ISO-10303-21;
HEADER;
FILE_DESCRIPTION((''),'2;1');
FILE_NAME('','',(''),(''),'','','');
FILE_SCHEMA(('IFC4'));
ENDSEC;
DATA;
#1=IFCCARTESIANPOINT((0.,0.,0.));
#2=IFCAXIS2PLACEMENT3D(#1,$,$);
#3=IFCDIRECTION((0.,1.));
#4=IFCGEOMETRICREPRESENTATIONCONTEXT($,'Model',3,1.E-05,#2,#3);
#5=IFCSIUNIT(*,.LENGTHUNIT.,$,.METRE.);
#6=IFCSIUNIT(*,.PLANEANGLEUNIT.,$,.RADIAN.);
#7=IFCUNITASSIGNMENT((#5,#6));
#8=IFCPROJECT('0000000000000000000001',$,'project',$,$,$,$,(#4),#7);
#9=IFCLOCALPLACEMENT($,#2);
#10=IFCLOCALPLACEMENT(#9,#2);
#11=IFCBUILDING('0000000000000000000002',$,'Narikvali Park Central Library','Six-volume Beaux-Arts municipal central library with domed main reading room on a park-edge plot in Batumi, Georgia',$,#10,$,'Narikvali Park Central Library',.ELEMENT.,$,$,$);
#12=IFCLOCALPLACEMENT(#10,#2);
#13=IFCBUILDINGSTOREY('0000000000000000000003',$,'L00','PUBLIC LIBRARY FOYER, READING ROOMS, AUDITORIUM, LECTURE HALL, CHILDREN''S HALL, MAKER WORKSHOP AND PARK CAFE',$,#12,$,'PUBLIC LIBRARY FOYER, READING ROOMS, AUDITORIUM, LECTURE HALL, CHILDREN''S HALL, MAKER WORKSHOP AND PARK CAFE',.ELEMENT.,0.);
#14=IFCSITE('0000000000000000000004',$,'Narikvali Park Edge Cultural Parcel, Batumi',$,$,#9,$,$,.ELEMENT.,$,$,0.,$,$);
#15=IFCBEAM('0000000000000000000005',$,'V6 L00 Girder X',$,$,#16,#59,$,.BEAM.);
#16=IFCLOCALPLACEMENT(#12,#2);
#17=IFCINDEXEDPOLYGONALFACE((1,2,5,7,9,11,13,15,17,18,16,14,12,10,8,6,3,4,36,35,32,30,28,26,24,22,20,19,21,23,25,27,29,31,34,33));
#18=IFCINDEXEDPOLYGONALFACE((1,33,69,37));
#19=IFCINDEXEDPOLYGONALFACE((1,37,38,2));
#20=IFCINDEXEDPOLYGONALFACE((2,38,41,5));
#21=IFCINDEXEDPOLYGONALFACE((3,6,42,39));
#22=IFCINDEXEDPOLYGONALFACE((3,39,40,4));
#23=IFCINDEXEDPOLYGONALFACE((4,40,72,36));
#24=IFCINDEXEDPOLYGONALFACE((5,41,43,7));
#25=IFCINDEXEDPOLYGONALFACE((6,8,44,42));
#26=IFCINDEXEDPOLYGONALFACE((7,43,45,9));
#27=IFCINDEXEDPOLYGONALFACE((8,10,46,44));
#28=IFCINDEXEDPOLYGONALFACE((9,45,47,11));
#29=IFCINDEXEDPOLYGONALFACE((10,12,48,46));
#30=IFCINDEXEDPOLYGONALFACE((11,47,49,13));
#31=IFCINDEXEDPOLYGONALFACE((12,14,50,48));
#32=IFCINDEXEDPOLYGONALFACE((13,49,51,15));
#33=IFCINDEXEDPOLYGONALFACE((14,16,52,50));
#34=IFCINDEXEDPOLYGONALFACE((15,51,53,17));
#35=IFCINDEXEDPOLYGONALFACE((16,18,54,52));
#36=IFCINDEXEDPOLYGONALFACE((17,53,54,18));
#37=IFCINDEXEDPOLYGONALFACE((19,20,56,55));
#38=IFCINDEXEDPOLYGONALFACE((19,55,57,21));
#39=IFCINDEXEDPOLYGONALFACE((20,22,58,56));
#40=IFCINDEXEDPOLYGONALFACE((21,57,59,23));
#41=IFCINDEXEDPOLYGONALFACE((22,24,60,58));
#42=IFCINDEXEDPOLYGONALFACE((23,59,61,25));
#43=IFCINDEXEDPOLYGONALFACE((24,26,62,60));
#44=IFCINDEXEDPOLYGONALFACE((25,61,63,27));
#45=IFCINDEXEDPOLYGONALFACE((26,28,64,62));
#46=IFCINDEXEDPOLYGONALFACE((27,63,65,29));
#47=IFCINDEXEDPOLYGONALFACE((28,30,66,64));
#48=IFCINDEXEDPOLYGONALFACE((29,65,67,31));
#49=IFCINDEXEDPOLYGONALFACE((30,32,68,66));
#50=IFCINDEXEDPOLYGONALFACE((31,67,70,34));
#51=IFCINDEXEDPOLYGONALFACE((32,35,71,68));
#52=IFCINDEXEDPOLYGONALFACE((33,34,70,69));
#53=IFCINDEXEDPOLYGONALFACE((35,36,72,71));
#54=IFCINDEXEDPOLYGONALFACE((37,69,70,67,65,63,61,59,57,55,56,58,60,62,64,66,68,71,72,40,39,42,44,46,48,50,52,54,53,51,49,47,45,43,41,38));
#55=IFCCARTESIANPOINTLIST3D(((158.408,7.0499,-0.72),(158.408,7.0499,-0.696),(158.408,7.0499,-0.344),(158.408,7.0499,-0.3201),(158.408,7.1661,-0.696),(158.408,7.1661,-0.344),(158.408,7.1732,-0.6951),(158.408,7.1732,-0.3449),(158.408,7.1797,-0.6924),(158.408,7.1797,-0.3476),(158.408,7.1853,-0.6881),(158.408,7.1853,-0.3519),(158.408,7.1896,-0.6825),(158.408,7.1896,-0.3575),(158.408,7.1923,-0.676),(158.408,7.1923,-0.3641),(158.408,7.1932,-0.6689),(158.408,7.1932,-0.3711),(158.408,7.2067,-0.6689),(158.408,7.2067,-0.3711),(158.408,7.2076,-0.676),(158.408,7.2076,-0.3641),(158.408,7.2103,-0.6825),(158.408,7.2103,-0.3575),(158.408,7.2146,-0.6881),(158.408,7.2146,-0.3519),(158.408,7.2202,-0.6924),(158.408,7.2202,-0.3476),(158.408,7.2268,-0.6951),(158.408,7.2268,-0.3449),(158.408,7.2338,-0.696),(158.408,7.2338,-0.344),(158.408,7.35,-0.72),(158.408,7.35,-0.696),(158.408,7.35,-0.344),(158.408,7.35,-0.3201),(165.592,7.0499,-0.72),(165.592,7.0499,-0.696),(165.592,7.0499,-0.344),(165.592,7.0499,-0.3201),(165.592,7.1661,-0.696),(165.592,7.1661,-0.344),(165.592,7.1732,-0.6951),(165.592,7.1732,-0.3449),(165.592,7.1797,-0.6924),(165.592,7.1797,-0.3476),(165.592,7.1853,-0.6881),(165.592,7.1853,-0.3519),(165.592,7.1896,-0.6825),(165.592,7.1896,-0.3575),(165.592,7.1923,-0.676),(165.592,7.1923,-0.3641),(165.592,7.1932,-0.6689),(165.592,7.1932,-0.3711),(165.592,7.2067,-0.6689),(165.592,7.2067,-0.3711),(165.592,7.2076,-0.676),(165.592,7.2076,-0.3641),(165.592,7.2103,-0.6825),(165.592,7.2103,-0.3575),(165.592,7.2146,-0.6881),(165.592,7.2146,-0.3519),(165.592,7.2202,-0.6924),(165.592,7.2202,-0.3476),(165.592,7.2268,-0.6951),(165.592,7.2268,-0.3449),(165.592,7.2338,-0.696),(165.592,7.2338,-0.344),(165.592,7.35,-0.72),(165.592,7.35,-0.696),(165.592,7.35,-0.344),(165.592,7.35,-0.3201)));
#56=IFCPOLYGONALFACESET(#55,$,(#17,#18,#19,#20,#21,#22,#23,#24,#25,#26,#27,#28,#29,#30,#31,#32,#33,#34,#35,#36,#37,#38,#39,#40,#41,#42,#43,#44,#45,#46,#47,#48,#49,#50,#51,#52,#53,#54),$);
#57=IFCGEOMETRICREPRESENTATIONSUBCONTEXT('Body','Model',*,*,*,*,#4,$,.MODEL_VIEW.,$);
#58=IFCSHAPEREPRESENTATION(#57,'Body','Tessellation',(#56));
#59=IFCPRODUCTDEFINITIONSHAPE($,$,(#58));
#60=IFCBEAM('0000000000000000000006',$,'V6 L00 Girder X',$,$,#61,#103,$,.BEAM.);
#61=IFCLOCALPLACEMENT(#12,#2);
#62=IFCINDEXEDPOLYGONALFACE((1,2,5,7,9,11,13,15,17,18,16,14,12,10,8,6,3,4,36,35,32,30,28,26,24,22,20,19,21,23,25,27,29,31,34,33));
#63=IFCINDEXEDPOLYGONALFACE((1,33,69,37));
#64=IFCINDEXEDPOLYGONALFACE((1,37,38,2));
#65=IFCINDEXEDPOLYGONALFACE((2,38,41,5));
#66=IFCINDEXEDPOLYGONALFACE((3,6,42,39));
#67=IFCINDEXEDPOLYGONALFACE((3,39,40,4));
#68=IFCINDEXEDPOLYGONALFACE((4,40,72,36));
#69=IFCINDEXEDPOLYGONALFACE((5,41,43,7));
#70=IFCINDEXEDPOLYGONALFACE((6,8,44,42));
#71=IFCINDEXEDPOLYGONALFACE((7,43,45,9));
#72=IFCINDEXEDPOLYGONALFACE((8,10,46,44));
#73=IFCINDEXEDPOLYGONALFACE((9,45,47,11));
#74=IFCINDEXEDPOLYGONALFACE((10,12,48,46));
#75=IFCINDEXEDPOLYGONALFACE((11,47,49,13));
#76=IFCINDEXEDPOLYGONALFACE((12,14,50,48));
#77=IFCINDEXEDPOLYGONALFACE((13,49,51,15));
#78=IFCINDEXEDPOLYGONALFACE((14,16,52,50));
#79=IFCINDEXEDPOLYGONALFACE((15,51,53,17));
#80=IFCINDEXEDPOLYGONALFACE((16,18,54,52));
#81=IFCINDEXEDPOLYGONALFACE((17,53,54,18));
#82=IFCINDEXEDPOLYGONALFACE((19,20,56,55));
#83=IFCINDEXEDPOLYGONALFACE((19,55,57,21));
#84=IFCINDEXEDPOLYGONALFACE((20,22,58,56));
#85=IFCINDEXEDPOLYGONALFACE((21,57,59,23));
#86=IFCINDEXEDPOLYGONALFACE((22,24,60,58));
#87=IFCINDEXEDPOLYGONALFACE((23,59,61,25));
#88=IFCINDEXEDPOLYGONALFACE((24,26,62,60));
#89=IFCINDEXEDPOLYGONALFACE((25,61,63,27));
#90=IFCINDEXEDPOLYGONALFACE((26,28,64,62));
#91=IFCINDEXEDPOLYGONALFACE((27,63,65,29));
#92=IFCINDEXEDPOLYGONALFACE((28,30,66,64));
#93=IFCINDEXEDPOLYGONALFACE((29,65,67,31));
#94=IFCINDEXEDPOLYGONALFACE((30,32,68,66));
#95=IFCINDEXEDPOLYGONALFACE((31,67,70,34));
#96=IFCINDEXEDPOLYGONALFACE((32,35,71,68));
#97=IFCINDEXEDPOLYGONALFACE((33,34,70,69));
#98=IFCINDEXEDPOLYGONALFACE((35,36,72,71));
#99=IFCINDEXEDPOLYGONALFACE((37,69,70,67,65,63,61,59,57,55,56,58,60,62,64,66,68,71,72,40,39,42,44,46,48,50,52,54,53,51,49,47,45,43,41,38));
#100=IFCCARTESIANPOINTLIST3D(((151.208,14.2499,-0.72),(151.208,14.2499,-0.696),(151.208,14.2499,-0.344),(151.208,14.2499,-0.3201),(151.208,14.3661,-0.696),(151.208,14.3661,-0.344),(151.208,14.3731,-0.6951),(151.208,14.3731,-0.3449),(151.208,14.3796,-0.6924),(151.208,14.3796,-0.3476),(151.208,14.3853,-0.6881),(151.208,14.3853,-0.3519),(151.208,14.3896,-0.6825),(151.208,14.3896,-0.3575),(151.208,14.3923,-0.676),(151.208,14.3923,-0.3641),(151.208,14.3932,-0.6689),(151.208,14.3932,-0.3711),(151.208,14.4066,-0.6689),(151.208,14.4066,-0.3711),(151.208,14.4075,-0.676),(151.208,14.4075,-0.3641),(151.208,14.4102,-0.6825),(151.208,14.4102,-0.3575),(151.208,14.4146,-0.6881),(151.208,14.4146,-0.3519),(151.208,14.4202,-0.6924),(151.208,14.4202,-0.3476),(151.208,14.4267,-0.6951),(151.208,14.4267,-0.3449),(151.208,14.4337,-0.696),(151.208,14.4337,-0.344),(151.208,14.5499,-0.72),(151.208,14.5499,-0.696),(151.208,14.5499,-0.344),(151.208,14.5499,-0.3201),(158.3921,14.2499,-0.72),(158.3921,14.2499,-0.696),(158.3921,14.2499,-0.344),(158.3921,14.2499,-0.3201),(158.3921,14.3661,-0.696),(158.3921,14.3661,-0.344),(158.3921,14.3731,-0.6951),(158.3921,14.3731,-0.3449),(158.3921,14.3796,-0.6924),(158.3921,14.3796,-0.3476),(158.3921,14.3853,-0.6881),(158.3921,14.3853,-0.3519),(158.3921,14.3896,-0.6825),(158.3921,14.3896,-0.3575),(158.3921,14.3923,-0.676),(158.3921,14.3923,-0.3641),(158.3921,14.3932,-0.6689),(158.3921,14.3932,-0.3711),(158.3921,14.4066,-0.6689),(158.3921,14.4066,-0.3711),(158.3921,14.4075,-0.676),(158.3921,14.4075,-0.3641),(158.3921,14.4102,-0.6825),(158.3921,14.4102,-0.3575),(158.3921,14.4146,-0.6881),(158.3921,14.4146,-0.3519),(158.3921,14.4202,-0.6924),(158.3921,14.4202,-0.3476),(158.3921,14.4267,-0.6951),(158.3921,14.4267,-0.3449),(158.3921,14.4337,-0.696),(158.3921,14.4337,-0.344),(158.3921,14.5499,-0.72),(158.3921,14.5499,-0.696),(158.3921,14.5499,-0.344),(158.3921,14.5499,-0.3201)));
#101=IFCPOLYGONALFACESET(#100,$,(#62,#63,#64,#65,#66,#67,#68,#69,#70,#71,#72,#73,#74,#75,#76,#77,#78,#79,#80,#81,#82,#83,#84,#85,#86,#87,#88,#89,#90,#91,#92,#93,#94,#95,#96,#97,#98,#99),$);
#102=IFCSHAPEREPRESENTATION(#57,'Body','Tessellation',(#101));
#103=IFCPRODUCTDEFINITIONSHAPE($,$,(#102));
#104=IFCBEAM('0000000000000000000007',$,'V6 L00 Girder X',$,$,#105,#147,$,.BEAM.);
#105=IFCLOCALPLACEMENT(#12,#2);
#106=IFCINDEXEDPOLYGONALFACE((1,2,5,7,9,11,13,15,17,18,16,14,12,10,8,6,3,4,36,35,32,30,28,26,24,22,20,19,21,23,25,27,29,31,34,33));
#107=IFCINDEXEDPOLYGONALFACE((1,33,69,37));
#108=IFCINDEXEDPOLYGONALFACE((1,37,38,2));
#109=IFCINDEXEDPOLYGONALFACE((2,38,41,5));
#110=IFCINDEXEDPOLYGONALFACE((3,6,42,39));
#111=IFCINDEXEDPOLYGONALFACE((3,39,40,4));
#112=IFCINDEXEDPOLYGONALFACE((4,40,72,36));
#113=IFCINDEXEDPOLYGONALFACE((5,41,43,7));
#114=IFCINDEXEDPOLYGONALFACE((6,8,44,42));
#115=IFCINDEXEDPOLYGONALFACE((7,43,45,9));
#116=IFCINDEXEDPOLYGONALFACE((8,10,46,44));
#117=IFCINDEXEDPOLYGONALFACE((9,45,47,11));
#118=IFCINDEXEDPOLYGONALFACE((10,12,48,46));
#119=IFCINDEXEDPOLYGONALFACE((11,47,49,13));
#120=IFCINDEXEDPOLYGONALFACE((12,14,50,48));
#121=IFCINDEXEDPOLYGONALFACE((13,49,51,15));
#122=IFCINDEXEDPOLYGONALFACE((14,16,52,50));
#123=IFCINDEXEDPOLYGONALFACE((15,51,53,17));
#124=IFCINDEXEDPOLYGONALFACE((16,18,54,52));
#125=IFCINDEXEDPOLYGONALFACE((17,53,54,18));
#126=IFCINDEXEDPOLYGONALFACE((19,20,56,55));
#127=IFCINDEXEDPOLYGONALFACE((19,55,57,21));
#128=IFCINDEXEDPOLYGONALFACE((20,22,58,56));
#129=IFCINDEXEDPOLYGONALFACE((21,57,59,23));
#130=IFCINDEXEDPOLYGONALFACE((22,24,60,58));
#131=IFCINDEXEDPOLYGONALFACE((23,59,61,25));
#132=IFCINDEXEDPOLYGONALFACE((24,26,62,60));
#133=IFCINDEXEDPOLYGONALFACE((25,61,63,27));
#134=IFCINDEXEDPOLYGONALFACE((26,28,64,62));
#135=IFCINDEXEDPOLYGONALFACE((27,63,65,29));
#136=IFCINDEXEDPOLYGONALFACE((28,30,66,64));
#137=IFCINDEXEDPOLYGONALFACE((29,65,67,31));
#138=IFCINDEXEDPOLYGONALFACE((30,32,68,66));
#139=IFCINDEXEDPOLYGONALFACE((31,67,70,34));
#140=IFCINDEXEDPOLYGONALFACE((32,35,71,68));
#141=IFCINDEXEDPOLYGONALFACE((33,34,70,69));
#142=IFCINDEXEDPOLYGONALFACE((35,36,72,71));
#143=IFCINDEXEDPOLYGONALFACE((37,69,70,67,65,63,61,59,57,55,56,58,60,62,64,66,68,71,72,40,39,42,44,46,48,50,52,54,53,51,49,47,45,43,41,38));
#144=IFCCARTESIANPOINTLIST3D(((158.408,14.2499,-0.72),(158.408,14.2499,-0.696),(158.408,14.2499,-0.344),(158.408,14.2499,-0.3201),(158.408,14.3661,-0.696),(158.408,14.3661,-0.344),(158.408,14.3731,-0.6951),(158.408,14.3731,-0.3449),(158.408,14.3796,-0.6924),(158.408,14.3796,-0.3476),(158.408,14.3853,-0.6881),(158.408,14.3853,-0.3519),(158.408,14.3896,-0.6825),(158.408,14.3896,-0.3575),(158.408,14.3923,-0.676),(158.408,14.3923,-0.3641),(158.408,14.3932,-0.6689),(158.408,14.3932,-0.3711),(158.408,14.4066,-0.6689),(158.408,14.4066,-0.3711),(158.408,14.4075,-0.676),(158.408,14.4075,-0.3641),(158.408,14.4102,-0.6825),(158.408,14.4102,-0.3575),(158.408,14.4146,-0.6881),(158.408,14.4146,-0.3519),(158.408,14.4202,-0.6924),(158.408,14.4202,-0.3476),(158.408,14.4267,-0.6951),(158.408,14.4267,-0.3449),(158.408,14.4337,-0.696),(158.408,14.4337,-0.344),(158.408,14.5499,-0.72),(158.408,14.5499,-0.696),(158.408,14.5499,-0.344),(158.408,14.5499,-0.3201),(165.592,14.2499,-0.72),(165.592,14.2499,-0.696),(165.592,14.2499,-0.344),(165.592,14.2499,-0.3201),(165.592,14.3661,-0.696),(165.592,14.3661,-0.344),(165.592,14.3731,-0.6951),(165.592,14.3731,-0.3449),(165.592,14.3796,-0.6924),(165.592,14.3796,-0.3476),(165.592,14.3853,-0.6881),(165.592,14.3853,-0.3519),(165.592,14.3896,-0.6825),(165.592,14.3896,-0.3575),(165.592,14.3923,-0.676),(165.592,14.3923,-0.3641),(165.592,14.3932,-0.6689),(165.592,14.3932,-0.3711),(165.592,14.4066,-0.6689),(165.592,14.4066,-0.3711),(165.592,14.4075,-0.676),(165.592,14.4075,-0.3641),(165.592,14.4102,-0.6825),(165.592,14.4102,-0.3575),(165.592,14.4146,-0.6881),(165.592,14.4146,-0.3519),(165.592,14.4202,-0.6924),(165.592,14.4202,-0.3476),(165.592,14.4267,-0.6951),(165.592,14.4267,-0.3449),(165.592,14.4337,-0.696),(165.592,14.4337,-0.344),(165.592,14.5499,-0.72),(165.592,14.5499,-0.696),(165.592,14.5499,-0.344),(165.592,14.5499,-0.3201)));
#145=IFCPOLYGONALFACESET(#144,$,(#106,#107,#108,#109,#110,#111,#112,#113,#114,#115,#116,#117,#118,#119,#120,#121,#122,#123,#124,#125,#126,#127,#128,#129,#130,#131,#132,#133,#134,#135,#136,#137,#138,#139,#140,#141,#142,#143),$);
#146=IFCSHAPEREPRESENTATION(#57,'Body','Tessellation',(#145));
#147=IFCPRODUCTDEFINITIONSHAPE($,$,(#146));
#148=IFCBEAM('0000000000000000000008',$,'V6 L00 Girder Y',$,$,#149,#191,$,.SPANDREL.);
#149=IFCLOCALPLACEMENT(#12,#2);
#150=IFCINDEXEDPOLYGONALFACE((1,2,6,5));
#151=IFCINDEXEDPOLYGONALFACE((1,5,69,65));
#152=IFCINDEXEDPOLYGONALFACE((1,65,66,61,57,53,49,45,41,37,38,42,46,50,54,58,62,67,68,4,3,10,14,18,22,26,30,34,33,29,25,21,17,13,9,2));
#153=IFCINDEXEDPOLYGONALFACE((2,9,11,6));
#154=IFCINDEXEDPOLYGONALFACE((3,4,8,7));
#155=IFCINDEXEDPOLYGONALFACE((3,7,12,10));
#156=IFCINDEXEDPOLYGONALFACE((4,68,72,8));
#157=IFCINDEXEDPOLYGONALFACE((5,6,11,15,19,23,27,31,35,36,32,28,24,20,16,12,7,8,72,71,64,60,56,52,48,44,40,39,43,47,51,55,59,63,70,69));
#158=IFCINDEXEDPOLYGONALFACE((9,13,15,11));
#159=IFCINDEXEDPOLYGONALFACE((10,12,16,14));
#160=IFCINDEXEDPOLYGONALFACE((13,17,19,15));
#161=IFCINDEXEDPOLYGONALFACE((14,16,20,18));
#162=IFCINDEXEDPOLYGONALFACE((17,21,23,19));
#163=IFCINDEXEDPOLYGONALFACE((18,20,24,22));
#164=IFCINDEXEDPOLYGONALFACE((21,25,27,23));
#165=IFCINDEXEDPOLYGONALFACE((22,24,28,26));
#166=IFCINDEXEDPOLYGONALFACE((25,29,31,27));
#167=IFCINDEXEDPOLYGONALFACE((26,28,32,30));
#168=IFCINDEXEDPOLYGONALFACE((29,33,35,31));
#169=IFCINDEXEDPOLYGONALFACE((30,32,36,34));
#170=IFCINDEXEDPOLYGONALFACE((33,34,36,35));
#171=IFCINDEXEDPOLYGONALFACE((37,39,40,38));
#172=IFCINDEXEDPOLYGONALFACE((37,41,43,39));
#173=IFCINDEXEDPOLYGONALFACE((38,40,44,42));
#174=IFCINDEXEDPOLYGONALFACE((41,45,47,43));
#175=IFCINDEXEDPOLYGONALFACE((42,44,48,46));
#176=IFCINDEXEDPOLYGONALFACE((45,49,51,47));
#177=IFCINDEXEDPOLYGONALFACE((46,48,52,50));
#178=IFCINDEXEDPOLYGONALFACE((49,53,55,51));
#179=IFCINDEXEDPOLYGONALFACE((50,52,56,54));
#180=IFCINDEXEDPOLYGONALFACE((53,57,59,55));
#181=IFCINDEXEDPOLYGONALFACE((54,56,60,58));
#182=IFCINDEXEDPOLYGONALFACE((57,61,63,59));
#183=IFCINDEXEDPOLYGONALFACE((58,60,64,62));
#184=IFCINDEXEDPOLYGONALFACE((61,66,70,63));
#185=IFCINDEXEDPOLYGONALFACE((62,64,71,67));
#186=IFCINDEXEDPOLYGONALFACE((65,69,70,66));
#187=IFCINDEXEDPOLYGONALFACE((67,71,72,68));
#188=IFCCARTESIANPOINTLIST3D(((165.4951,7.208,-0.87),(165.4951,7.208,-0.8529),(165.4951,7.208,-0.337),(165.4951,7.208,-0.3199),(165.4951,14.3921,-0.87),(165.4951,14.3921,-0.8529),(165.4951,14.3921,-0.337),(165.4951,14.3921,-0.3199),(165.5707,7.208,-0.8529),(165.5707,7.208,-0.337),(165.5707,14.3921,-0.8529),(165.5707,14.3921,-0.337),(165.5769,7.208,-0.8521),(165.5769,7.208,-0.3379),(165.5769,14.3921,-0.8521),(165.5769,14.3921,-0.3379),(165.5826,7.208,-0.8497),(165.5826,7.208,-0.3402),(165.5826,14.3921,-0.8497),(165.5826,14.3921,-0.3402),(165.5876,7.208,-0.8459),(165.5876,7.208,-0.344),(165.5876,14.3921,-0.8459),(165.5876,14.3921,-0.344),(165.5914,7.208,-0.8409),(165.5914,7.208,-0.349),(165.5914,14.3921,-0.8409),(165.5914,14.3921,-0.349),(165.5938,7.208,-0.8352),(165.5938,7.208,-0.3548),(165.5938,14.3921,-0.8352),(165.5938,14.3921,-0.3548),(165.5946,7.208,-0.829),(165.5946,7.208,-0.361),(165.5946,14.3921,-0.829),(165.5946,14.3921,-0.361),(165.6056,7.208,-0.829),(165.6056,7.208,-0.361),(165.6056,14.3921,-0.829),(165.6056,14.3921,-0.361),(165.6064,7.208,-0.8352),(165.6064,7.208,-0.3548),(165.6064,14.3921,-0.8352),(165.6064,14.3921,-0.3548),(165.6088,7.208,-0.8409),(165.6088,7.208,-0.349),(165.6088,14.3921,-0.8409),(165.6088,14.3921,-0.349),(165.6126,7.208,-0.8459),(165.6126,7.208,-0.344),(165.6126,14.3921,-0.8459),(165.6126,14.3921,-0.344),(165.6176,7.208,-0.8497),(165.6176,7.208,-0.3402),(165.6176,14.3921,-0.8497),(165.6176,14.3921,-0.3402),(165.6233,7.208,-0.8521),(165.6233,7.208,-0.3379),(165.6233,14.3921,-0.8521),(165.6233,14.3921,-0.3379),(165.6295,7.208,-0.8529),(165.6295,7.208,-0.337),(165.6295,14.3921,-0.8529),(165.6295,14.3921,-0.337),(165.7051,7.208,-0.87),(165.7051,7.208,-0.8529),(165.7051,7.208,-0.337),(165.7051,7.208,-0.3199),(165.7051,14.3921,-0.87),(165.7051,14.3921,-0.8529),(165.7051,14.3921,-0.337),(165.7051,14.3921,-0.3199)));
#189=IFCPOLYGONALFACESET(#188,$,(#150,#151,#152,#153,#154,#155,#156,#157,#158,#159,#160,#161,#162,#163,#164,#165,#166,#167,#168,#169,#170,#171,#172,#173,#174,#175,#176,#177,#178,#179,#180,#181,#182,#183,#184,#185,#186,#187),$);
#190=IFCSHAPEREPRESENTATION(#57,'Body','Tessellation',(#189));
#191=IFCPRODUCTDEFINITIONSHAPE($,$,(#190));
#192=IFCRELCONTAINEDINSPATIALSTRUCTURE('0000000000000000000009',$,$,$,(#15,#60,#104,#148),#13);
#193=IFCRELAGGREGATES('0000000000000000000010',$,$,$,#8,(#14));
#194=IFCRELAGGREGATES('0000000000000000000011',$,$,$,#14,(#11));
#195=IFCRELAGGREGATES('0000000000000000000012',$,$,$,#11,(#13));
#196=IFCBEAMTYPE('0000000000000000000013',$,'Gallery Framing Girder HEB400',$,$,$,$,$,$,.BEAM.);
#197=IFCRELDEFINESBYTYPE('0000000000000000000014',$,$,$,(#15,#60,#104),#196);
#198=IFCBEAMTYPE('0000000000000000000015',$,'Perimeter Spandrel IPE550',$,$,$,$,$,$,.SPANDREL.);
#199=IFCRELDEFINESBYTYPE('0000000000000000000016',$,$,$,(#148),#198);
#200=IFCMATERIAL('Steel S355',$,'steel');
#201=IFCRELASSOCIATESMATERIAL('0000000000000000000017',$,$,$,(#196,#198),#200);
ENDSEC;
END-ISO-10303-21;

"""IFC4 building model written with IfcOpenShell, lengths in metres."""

from ifc_helpers import new_model, si_unit, direction, frame, origin, origin_2d, place, context, subcontext, project, spatial, i_section, extrude, material, material_profile, profile_set, type_object, element, save


model = new_model("IFC4")

# Units and contexts
model_context = context("Model", 3, precision=1e-05, world=origin(), true_north=direction((0.0, 1.0)))
body_context = subcontext(model_context, "Body", "Model", "MODEL_VIEW")
ifc_project = project(units=[si_unit("LENGTHUNIT", "METRE"), si_unit("PLANEANGLEUNIT", "RADIAN")], contexts=[model_context])

# Site, building, storey
site_placement = place(None, origin())
site = spatial("IfcSite", under=ifc_project, at=site_placement, Name="Narikvali Park Edge Cultural Parcel, Batumi", CompositionType="ELEMENT", RefElevation=0.0)
building_placement = place(site_placement, origin())
building = spatial("IfcBuilding", under=site, at=building_placement, Name="Narikvali Park Central Library", Description="Six-volume Beaux-Arts municipal central library with domed main reading room on a park-edge plot in Batumi, Georgia", LongName="Narikvali Park Central Library", CompositionType="ELEMENT")
storey_placement = place(building_placement, origin())
storey = spatial("IfcBuildingStorey", under=building, at=storey_placement, Name="L00", Description="PUBLIC LIBRARY FOYER, READING ROOMS, AUDITORIUM, LECTURE HALL, CHILDREN'S HALL, MAKER WORKSHOP AND PARK CAFE", LongName="PUBLIC LIBRARY FOYER, READING ROOMS, AUDITORIUM, LECTURE HALL, CHILDREN'S HALL, MAKER WORKSHOP AND PARK CAFE", CompositionType="ELEMENT", Elevation=0.0)

# Shared definitions
ifc_material_1 = material(Name="Steel S355", Category="steel")

# Beams
ifc_material_profile_1 = material_profile(ifc_material_1, i_section(OverallWidth=0.3, OverallDepth=0.3999, WebThickness=0.0134, FlangeThickness=0.0239, FilletRadius=0.0271, at=origin_2d()), Name="HEB 400")
ifc_profile_set_1 = profile_set([ifc_material_profile_1], Name="Steel S355")
beam_type_1 = type_object("IfcBeamType", Name="Gallery Framing Girder HEB400", PredefinedType="BEAM", material=ifc_profile_set_1)
for number, where, z_axis, x_axis, name in (
    (1, (158.408, 7.2, -0.52), (1.0, 0.0, 0.0), (0.0, 1.0, 0.0), "V6 L00 Girder X"),
    (2, (151.208, 14.3999, -0.52), (1.0, 0.0, 0.0), (0.0, 1.0, 0.0), "V6 L00 Girder X"),
    (3, (158.408, 14.3999, -0.52), (1.0, 0.0, 0.0), (0.0, 1.0, 0.0), "V6 L00 Girder X"),
):
    element("IfcBeam", number, at=place(storey_placement, frame(where, z_axis=z_axis, x_axis=x_axis)), inside=storey, type_object=beam_type_1, Name=name, PredefinedType="BEAM", context=body_context, shape_type="SweptSolid", body=[
        extrude(i_section(OverallWidth=0.3, OverallDepth=0.3999, WebThickness=0.0134, FlangeThickness=0.0239, FilletRadius=0.0271, at=origin_2d()), origin(), (0.0, 0.0, 1.0), 7.1841),
    ])
ifc_material_profile_2 = material_profile(ifc_material_1, i_section(OverallWidth=0.21, OverallDepth=0.55, WebThickness=0.011, FlangeThickness=0.0171, FilletRadius=0.0239, at=origin_2d()), Name="IPE 550")
ifc_profile_set_2 = profile_set([ifc_material_profile_2], Name="Steel S355")
beam_type_2 = type_object("IfcBeamType", Name="Perimeter Spandrel IPE550", PredefinedType="SPANDREL", material=ifc_profile_set_2)
for number, where, z_axis, x_axis, name in (
    (4, (165.6001, 7.208, -0.595), (0.0, 1.0, 0.0), (-1.0, 0.0, 0.0), "V6 L00 Girder Y"),
):
    element("IfcBeam", number, at=place(storey_placement, frame(where, z_axis=z_axis, x_axis=x_axis)), inside=storey, type_object=beam_type_2, Name=name, PredefinedType="SPANDREL", context=body_context, shape_type="SweptSolid", body=[
        extrude(i_section(OverallWidth=0.21, OverallDepth=0.55, WebThickness=0.011, FlangeThickness=0.0171, FilletRadius=0.0239, at=origin_2d()), origin(), (0.0, 0.0, 1.0), 7.1841),
    ])

save(model, "model.ifc")
